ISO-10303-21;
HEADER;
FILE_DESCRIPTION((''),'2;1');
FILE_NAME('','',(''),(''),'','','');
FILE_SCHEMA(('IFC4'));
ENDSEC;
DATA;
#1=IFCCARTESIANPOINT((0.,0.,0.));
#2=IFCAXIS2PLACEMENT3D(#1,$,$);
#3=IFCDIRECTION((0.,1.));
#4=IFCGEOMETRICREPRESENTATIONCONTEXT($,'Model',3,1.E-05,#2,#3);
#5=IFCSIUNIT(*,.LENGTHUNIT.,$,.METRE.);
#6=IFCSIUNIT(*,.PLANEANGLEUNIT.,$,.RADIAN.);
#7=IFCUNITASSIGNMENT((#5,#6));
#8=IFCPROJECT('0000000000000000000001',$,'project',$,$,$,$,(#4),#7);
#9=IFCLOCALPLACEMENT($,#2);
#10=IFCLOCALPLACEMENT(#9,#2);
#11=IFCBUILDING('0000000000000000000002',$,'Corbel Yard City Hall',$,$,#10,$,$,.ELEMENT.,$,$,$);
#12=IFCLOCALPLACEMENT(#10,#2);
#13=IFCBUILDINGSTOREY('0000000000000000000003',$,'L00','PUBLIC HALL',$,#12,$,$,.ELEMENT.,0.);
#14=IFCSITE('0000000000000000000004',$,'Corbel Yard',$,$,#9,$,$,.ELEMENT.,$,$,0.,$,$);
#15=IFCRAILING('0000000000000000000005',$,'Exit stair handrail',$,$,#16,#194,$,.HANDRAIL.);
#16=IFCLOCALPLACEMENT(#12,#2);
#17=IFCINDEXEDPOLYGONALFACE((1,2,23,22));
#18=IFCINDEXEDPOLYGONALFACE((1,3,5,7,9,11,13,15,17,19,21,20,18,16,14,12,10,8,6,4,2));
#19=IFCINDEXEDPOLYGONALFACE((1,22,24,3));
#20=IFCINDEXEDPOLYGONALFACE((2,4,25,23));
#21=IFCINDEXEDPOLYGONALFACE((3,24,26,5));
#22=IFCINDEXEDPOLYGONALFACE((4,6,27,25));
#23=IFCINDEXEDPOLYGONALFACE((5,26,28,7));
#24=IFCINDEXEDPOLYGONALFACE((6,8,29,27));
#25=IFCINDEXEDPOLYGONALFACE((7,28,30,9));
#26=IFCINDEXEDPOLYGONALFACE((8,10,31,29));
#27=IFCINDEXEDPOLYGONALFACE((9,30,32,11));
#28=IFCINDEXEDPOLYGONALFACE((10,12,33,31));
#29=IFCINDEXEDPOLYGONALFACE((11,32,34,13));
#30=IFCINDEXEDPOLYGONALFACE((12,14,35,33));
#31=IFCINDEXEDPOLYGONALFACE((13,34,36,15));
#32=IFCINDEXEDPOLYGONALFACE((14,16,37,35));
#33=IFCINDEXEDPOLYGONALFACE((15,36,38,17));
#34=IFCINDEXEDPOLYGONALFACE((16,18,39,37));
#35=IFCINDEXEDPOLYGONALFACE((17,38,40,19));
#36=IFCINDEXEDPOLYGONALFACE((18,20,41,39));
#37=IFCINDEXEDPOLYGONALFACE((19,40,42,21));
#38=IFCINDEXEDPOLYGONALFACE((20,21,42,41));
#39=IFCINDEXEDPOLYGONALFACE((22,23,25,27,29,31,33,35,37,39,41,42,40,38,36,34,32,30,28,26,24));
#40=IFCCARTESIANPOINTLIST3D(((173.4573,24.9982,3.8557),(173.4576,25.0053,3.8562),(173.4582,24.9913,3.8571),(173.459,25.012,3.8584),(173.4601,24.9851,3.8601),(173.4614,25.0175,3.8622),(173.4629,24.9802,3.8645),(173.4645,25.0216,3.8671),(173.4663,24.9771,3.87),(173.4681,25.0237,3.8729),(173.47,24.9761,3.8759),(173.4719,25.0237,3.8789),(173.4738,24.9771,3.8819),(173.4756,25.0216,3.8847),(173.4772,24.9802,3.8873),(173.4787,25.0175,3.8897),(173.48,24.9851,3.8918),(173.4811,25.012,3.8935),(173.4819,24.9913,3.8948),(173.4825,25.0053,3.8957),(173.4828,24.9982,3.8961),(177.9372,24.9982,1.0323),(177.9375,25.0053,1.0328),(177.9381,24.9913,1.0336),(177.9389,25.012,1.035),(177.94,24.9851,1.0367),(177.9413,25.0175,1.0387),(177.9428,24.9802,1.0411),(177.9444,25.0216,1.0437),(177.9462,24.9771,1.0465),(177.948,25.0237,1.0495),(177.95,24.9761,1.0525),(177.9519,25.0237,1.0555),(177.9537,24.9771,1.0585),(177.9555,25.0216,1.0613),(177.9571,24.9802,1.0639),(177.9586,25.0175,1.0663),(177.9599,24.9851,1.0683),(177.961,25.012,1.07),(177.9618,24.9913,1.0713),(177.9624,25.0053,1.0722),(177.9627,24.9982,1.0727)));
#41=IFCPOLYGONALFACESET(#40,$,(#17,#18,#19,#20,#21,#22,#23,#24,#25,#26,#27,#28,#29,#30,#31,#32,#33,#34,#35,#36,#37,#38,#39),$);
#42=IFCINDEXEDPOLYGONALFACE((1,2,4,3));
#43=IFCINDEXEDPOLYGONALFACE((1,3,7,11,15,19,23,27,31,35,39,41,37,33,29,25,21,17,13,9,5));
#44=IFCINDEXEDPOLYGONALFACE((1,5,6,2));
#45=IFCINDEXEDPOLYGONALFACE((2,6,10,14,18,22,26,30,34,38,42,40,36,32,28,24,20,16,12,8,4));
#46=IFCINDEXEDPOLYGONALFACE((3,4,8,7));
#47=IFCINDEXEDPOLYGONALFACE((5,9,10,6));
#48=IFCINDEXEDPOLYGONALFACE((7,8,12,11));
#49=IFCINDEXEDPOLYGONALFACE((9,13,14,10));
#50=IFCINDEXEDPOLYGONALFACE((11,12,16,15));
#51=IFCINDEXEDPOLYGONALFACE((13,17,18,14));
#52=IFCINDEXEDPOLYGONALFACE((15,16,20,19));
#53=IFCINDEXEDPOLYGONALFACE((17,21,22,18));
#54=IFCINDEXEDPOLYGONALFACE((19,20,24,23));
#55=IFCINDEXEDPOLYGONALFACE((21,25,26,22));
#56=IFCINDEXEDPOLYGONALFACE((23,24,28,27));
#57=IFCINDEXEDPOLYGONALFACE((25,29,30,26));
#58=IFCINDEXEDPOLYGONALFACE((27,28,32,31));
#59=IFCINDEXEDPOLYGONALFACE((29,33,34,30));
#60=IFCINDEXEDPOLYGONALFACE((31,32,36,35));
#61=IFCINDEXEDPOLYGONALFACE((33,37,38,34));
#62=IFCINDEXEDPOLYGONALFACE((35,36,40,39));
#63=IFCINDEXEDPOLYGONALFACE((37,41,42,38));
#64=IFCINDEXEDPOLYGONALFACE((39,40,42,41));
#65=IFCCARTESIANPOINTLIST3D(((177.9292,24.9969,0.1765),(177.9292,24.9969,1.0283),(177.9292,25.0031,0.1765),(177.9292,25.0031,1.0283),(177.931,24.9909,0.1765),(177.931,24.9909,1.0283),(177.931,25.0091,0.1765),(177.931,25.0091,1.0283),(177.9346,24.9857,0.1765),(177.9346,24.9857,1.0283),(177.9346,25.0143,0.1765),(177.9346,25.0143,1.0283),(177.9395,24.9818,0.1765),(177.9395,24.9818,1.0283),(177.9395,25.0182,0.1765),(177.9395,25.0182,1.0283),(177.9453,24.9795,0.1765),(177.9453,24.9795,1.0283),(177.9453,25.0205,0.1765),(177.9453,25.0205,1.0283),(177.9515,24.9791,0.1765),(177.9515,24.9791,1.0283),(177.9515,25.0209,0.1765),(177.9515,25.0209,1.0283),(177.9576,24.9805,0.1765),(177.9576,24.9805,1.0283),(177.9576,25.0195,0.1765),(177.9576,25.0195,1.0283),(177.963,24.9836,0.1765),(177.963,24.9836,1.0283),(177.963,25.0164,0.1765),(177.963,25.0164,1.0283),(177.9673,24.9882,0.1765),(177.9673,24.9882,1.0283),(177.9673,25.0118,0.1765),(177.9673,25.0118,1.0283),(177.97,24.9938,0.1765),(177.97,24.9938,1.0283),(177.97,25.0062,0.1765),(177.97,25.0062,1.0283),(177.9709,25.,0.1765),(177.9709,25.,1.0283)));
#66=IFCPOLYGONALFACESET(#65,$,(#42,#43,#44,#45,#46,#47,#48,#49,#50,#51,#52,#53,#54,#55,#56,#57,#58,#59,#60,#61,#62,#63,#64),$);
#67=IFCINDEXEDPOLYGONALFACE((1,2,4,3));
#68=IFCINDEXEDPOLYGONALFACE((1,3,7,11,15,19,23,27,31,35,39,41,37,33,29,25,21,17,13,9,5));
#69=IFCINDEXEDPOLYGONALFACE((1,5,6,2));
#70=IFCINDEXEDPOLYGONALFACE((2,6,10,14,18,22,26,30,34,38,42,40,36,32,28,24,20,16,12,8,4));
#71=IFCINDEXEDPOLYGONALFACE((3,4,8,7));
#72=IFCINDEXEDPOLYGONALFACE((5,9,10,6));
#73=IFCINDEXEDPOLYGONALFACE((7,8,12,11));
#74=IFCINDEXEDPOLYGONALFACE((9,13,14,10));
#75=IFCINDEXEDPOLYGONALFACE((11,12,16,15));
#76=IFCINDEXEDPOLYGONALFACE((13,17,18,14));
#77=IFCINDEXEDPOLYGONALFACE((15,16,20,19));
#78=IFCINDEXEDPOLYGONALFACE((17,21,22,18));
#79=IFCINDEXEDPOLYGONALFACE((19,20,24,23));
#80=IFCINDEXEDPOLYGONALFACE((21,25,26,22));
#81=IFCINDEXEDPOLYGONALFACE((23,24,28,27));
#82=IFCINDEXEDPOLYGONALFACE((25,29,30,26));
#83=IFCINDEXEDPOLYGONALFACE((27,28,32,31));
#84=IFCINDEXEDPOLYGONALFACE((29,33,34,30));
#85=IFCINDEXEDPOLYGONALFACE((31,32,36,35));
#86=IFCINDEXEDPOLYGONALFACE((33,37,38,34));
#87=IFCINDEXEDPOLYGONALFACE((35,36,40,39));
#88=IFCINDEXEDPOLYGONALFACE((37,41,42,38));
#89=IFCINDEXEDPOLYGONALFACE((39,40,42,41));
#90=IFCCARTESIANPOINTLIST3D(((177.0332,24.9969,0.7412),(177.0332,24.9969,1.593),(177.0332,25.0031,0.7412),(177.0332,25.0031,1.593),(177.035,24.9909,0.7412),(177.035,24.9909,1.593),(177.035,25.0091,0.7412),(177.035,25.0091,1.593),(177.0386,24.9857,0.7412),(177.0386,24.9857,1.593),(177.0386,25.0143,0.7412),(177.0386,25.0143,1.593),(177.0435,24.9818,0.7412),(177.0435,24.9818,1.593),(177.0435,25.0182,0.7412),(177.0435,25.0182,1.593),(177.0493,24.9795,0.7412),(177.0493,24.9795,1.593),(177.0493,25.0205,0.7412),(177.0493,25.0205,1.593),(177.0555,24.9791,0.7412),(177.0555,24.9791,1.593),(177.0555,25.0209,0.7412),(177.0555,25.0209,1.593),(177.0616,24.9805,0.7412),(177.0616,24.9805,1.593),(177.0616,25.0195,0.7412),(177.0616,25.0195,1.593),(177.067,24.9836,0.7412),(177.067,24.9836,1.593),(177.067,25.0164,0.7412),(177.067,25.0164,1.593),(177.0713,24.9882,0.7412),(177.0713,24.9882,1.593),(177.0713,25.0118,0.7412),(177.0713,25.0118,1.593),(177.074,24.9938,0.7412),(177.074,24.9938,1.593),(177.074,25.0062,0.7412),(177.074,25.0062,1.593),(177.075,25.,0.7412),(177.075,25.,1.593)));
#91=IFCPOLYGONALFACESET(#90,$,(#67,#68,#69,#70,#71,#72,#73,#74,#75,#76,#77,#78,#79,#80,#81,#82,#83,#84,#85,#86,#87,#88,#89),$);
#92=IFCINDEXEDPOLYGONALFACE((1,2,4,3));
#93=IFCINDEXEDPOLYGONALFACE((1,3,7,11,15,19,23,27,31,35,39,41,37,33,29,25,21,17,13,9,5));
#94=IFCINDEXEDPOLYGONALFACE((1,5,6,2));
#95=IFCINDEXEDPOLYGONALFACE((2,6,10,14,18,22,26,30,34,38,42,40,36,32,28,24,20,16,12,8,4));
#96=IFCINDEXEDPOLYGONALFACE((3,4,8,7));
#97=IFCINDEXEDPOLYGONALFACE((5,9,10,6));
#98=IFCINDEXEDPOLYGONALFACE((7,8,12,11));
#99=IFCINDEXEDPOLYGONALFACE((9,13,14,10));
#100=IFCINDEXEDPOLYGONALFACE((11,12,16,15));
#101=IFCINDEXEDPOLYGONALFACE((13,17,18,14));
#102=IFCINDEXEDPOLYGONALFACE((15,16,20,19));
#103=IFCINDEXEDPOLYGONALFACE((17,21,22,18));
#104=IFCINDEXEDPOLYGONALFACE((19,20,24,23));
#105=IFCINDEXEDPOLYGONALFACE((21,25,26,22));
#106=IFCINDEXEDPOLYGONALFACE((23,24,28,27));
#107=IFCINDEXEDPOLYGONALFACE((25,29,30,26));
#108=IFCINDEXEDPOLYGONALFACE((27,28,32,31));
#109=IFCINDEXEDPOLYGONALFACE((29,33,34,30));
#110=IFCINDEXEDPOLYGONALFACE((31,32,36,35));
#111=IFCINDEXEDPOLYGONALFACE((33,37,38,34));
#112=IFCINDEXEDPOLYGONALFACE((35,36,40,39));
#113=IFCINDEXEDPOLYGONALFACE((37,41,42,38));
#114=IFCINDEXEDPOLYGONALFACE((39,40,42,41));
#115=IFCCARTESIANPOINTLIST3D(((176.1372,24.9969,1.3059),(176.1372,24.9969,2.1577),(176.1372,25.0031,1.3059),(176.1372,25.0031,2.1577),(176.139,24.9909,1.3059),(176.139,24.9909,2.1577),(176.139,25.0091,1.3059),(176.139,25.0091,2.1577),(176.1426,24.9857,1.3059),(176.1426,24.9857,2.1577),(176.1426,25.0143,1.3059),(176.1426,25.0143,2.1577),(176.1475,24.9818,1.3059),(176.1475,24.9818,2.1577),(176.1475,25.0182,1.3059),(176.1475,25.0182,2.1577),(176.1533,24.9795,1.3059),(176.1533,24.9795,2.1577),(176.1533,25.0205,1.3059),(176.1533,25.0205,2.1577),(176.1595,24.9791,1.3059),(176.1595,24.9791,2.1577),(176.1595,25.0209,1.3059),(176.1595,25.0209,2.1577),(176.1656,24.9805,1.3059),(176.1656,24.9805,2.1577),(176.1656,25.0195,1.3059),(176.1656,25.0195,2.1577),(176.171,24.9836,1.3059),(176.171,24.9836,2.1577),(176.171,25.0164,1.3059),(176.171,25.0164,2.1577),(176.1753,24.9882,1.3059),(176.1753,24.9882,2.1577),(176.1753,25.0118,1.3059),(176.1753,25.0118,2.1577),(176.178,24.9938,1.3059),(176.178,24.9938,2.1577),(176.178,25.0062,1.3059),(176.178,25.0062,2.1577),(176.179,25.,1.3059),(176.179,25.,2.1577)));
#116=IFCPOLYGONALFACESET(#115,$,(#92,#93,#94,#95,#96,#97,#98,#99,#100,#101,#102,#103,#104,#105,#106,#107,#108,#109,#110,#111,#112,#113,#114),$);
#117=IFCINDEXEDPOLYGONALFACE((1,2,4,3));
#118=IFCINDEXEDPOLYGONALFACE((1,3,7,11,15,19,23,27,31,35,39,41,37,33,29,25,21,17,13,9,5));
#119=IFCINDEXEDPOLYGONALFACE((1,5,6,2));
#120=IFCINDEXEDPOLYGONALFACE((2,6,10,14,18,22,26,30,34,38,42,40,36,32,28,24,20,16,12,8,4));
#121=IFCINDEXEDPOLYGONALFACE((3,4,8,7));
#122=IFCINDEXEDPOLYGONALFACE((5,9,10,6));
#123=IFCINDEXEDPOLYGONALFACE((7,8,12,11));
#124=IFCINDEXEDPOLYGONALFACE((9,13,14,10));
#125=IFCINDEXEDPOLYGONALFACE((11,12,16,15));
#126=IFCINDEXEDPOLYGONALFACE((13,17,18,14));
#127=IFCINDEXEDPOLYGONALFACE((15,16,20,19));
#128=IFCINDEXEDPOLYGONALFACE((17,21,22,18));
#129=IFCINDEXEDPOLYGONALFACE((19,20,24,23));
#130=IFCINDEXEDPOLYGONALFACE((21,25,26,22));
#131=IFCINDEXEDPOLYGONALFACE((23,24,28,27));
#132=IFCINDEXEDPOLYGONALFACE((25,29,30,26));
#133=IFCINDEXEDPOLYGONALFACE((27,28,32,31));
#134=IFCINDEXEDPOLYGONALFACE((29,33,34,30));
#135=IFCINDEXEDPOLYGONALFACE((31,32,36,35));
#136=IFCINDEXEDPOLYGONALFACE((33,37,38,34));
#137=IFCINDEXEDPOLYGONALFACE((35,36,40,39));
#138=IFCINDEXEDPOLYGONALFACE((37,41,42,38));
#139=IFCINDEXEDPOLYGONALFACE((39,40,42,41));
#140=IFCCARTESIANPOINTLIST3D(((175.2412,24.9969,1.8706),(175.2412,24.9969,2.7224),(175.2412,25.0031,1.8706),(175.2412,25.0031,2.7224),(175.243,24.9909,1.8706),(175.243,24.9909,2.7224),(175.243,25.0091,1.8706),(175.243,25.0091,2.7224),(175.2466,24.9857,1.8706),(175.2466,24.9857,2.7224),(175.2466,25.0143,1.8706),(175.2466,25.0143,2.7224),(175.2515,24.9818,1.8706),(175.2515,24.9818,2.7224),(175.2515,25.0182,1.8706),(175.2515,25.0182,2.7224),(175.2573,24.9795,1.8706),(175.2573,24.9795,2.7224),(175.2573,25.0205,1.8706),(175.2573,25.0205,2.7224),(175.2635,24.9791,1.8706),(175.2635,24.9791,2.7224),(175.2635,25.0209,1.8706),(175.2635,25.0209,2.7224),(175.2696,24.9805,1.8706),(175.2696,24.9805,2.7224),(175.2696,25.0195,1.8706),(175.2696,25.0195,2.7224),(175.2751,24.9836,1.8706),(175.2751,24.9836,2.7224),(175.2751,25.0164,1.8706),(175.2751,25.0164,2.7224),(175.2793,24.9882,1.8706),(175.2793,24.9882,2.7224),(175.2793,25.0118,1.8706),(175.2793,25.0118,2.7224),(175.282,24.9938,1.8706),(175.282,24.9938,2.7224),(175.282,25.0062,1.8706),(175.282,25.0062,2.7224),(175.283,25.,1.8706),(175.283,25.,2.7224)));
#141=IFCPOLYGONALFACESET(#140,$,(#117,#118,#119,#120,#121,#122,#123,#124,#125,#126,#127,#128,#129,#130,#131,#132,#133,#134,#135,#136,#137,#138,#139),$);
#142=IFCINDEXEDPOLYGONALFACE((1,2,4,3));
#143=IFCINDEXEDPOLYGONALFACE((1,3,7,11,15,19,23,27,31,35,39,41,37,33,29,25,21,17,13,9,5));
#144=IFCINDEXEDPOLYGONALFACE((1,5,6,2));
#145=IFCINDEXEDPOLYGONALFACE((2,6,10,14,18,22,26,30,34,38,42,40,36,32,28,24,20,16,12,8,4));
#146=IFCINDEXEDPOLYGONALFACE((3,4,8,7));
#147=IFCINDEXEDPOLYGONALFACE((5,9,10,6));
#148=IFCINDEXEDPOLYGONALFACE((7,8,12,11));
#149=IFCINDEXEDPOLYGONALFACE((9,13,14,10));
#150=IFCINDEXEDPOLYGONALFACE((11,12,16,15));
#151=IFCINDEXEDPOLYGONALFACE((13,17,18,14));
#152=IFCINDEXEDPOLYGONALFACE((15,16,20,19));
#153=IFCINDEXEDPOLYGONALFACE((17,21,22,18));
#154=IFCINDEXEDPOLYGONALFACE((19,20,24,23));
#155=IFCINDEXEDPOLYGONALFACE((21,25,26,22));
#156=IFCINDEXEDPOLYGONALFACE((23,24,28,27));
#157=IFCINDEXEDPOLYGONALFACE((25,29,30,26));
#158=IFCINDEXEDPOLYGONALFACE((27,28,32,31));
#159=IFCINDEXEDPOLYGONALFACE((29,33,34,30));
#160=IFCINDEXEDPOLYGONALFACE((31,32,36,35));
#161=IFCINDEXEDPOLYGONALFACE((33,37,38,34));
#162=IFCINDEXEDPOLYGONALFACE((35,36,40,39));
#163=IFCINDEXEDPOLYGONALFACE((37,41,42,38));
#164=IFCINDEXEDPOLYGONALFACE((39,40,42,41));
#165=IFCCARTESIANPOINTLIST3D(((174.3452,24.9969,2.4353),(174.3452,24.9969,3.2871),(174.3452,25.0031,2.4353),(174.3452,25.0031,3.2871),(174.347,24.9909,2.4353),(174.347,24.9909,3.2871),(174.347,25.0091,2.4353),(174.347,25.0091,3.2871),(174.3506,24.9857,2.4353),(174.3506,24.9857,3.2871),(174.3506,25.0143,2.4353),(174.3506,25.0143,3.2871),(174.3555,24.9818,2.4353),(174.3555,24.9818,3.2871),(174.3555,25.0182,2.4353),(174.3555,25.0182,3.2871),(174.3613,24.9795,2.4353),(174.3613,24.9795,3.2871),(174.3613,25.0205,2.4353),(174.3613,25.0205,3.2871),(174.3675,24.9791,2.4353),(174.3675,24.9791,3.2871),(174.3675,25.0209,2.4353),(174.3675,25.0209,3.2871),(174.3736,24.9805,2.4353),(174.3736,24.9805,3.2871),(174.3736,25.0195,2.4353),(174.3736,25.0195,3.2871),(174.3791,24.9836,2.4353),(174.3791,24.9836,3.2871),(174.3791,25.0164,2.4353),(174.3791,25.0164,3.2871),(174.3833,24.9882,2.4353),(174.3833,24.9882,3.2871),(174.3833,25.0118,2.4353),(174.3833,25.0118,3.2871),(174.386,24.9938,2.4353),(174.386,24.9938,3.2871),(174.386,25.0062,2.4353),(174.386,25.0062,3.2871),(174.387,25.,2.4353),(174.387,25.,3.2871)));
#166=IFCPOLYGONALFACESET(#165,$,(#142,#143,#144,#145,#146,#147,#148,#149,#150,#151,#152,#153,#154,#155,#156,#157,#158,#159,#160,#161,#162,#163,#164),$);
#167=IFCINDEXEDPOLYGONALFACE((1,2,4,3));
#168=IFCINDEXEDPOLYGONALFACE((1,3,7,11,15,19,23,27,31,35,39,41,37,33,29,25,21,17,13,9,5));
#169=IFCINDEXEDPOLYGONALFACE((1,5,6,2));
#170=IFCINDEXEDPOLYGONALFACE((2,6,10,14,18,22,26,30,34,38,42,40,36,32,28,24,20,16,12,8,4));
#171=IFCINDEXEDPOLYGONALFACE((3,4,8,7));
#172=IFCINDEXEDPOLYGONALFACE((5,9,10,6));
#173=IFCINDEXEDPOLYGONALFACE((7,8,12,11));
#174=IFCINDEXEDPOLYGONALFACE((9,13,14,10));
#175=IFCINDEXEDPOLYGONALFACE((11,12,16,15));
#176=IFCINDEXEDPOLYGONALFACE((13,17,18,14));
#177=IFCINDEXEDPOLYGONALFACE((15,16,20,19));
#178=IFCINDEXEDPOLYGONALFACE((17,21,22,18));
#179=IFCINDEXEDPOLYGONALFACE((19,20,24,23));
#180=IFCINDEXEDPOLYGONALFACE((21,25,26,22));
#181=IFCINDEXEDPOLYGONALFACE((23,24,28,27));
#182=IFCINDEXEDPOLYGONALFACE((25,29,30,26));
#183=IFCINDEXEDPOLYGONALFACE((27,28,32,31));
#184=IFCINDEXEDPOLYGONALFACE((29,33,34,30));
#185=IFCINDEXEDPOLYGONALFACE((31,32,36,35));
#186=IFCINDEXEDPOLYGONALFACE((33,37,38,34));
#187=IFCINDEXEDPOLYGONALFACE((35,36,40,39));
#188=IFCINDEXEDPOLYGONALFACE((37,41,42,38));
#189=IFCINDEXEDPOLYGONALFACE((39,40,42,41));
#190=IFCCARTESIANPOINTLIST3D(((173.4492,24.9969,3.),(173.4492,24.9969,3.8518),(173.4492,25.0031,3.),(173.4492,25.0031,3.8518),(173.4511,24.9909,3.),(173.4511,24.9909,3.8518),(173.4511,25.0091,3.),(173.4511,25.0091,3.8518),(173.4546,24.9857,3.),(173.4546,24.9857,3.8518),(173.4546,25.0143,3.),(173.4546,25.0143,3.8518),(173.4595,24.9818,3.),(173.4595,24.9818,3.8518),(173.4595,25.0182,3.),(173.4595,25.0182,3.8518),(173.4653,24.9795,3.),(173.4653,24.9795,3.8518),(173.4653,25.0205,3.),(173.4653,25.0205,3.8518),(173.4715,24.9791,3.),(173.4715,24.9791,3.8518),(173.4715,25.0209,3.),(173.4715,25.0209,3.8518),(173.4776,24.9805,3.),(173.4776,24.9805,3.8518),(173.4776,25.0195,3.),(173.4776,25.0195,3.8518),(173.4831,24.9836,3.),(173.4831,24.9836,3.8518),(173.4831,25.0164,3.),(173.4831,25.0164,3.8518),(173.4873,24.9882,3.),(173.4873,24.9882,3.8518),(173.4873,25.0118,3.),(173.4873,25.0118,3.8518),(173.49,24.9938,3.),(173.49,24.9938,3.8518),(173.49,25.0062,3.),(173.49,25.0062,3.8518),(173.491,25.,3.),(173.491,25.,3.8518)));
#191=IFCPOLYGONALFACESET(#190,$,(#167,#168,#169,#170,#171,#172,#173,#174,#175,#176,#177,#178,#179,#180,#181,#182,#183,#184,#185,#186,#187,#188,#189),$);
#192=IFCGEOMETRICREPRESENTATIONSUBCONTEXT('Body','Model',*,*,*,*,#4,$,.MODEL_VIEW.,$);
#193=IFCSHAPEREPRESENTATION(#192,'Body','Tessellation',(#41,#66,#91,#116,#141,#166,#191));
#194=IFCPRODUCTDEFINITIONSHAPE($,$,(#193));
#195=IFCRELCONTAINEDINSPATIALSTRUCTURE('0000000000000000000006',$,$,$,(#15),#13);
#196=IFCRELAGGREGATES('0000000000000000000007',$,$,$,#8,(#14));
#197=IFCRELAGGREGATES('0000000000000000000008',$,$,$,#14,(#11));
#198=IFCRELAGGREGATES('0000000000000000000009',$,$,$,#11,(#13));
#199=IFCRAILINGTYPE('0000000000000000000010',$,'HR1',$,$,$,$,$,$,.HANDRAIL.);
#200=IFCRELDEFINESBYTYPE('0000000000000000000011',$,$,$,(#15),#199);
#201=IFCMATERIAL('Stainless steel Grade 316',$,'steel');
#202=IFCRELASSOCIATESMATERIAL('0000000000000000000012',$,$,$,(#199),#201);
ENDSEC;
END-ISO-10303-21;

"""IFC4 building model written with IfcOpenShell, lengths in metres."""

from ifc_helpers import new_model, si_unit, direction, frame, origin, origin_2d, place, context, subcontext, project, spatial, circle, extrude, material, type_object, element, save


model = new_model("IFC4")

# Units and contexts
model_context = context("Model", 3, precision=1e-05, world=origin(), true_north=direction((0.0, 1.0)))
body_context = subcontext(model_context, "Body", "Model", "MODEL_VIEW")
ifc_project = project(units=[si_unit("LENGTHUNIT", "METRE"), si_unit("PLANEANGLEUNIT", "RADIAN")], contexts=[model_context])

# Site, building, storey
site_placement = place(None, origin())
site = spatial("IfcSite", under=ifc_project, at=site_placement, Name="Corbel Yard", CompositionType="ELEMENT", RefElevation=0.0)
building_placement = place(site_placement, origin())
building = spatial("IfcBuilding", under=site, at=building_placement, Name="Corbel Yard City Hall", CompositionType="ELEMENT")
storey_placement = place(building_placement, origin())
storey = spatial("IfcBuildingStorey", under=building, at=storey_placement, Name="L00", Description="PUBLIC HALL", CompositionType="ELEMENT", Elevation=0.0)

# Shared definitions
ifc_material_1 = material(Name="Stainless steel Grade 316", Category="steel")

# Railing
railing_type = type_object("IfcRailingType", Name="HR1", PredefinedType="HANDRAIL", material=ifc_material_1)
for number, where, name in (
    (1, (177.95, 25.0, 0.1765), "Exit stair handrail"),
):
    element("IfcRailing", number, at=place(storey_placement, frame(where)), inside=storey, type_object=railing_type, Name=name, PredefinedType="HANDRAIL", context=body_context, shape_type="SweptSolid", body=[
        extrude(circle(Radius=0.0239, at=origin_2d()), frame((0.0, 0.0, 0.876), z_axis=(-0.845998, 0.0, 0.533186), x_axis=(0.0, -1.0, 0.0)), (0.0, 0.0, 1.0), 5.2954),
        extrude(circle(Radius=0.021, at=origin_2d()), origin(), (0.0, 0.0, 1.0), 0.8518),
        extrude(circle(Radius=0.021, at=origin_2d()), frame((-0.896, 0.0, 0.5647)), (0.0, 0.0, 1.0), 0.8518),
        extrude(circle(Radius=0.021, at=origin_2d()), frame((-1.792, 0.0, 1.1294)), (0.0, 0.0, 1.0), 0.8518),
        extrude(circle(Radius=0.021, at=origin_2d()), frame((-2.688, 0.0, 1.6941)), (0.0, 0.0, 1.0), 0.8518),
        extrude(circle(Radius=0.021, at=origin_2d()), frame((-3.584, 0.0, 2.2588)), (0.0, 0.0, 1.0), 0.8518),
        extrude(circle(Radius=0.021, at=origin_2d()), frame((-4.48, 0.0, 2.8235)), (0.0, 0.0, 1.0), 0.8518),
    ])

save(model, "model.ifc")
